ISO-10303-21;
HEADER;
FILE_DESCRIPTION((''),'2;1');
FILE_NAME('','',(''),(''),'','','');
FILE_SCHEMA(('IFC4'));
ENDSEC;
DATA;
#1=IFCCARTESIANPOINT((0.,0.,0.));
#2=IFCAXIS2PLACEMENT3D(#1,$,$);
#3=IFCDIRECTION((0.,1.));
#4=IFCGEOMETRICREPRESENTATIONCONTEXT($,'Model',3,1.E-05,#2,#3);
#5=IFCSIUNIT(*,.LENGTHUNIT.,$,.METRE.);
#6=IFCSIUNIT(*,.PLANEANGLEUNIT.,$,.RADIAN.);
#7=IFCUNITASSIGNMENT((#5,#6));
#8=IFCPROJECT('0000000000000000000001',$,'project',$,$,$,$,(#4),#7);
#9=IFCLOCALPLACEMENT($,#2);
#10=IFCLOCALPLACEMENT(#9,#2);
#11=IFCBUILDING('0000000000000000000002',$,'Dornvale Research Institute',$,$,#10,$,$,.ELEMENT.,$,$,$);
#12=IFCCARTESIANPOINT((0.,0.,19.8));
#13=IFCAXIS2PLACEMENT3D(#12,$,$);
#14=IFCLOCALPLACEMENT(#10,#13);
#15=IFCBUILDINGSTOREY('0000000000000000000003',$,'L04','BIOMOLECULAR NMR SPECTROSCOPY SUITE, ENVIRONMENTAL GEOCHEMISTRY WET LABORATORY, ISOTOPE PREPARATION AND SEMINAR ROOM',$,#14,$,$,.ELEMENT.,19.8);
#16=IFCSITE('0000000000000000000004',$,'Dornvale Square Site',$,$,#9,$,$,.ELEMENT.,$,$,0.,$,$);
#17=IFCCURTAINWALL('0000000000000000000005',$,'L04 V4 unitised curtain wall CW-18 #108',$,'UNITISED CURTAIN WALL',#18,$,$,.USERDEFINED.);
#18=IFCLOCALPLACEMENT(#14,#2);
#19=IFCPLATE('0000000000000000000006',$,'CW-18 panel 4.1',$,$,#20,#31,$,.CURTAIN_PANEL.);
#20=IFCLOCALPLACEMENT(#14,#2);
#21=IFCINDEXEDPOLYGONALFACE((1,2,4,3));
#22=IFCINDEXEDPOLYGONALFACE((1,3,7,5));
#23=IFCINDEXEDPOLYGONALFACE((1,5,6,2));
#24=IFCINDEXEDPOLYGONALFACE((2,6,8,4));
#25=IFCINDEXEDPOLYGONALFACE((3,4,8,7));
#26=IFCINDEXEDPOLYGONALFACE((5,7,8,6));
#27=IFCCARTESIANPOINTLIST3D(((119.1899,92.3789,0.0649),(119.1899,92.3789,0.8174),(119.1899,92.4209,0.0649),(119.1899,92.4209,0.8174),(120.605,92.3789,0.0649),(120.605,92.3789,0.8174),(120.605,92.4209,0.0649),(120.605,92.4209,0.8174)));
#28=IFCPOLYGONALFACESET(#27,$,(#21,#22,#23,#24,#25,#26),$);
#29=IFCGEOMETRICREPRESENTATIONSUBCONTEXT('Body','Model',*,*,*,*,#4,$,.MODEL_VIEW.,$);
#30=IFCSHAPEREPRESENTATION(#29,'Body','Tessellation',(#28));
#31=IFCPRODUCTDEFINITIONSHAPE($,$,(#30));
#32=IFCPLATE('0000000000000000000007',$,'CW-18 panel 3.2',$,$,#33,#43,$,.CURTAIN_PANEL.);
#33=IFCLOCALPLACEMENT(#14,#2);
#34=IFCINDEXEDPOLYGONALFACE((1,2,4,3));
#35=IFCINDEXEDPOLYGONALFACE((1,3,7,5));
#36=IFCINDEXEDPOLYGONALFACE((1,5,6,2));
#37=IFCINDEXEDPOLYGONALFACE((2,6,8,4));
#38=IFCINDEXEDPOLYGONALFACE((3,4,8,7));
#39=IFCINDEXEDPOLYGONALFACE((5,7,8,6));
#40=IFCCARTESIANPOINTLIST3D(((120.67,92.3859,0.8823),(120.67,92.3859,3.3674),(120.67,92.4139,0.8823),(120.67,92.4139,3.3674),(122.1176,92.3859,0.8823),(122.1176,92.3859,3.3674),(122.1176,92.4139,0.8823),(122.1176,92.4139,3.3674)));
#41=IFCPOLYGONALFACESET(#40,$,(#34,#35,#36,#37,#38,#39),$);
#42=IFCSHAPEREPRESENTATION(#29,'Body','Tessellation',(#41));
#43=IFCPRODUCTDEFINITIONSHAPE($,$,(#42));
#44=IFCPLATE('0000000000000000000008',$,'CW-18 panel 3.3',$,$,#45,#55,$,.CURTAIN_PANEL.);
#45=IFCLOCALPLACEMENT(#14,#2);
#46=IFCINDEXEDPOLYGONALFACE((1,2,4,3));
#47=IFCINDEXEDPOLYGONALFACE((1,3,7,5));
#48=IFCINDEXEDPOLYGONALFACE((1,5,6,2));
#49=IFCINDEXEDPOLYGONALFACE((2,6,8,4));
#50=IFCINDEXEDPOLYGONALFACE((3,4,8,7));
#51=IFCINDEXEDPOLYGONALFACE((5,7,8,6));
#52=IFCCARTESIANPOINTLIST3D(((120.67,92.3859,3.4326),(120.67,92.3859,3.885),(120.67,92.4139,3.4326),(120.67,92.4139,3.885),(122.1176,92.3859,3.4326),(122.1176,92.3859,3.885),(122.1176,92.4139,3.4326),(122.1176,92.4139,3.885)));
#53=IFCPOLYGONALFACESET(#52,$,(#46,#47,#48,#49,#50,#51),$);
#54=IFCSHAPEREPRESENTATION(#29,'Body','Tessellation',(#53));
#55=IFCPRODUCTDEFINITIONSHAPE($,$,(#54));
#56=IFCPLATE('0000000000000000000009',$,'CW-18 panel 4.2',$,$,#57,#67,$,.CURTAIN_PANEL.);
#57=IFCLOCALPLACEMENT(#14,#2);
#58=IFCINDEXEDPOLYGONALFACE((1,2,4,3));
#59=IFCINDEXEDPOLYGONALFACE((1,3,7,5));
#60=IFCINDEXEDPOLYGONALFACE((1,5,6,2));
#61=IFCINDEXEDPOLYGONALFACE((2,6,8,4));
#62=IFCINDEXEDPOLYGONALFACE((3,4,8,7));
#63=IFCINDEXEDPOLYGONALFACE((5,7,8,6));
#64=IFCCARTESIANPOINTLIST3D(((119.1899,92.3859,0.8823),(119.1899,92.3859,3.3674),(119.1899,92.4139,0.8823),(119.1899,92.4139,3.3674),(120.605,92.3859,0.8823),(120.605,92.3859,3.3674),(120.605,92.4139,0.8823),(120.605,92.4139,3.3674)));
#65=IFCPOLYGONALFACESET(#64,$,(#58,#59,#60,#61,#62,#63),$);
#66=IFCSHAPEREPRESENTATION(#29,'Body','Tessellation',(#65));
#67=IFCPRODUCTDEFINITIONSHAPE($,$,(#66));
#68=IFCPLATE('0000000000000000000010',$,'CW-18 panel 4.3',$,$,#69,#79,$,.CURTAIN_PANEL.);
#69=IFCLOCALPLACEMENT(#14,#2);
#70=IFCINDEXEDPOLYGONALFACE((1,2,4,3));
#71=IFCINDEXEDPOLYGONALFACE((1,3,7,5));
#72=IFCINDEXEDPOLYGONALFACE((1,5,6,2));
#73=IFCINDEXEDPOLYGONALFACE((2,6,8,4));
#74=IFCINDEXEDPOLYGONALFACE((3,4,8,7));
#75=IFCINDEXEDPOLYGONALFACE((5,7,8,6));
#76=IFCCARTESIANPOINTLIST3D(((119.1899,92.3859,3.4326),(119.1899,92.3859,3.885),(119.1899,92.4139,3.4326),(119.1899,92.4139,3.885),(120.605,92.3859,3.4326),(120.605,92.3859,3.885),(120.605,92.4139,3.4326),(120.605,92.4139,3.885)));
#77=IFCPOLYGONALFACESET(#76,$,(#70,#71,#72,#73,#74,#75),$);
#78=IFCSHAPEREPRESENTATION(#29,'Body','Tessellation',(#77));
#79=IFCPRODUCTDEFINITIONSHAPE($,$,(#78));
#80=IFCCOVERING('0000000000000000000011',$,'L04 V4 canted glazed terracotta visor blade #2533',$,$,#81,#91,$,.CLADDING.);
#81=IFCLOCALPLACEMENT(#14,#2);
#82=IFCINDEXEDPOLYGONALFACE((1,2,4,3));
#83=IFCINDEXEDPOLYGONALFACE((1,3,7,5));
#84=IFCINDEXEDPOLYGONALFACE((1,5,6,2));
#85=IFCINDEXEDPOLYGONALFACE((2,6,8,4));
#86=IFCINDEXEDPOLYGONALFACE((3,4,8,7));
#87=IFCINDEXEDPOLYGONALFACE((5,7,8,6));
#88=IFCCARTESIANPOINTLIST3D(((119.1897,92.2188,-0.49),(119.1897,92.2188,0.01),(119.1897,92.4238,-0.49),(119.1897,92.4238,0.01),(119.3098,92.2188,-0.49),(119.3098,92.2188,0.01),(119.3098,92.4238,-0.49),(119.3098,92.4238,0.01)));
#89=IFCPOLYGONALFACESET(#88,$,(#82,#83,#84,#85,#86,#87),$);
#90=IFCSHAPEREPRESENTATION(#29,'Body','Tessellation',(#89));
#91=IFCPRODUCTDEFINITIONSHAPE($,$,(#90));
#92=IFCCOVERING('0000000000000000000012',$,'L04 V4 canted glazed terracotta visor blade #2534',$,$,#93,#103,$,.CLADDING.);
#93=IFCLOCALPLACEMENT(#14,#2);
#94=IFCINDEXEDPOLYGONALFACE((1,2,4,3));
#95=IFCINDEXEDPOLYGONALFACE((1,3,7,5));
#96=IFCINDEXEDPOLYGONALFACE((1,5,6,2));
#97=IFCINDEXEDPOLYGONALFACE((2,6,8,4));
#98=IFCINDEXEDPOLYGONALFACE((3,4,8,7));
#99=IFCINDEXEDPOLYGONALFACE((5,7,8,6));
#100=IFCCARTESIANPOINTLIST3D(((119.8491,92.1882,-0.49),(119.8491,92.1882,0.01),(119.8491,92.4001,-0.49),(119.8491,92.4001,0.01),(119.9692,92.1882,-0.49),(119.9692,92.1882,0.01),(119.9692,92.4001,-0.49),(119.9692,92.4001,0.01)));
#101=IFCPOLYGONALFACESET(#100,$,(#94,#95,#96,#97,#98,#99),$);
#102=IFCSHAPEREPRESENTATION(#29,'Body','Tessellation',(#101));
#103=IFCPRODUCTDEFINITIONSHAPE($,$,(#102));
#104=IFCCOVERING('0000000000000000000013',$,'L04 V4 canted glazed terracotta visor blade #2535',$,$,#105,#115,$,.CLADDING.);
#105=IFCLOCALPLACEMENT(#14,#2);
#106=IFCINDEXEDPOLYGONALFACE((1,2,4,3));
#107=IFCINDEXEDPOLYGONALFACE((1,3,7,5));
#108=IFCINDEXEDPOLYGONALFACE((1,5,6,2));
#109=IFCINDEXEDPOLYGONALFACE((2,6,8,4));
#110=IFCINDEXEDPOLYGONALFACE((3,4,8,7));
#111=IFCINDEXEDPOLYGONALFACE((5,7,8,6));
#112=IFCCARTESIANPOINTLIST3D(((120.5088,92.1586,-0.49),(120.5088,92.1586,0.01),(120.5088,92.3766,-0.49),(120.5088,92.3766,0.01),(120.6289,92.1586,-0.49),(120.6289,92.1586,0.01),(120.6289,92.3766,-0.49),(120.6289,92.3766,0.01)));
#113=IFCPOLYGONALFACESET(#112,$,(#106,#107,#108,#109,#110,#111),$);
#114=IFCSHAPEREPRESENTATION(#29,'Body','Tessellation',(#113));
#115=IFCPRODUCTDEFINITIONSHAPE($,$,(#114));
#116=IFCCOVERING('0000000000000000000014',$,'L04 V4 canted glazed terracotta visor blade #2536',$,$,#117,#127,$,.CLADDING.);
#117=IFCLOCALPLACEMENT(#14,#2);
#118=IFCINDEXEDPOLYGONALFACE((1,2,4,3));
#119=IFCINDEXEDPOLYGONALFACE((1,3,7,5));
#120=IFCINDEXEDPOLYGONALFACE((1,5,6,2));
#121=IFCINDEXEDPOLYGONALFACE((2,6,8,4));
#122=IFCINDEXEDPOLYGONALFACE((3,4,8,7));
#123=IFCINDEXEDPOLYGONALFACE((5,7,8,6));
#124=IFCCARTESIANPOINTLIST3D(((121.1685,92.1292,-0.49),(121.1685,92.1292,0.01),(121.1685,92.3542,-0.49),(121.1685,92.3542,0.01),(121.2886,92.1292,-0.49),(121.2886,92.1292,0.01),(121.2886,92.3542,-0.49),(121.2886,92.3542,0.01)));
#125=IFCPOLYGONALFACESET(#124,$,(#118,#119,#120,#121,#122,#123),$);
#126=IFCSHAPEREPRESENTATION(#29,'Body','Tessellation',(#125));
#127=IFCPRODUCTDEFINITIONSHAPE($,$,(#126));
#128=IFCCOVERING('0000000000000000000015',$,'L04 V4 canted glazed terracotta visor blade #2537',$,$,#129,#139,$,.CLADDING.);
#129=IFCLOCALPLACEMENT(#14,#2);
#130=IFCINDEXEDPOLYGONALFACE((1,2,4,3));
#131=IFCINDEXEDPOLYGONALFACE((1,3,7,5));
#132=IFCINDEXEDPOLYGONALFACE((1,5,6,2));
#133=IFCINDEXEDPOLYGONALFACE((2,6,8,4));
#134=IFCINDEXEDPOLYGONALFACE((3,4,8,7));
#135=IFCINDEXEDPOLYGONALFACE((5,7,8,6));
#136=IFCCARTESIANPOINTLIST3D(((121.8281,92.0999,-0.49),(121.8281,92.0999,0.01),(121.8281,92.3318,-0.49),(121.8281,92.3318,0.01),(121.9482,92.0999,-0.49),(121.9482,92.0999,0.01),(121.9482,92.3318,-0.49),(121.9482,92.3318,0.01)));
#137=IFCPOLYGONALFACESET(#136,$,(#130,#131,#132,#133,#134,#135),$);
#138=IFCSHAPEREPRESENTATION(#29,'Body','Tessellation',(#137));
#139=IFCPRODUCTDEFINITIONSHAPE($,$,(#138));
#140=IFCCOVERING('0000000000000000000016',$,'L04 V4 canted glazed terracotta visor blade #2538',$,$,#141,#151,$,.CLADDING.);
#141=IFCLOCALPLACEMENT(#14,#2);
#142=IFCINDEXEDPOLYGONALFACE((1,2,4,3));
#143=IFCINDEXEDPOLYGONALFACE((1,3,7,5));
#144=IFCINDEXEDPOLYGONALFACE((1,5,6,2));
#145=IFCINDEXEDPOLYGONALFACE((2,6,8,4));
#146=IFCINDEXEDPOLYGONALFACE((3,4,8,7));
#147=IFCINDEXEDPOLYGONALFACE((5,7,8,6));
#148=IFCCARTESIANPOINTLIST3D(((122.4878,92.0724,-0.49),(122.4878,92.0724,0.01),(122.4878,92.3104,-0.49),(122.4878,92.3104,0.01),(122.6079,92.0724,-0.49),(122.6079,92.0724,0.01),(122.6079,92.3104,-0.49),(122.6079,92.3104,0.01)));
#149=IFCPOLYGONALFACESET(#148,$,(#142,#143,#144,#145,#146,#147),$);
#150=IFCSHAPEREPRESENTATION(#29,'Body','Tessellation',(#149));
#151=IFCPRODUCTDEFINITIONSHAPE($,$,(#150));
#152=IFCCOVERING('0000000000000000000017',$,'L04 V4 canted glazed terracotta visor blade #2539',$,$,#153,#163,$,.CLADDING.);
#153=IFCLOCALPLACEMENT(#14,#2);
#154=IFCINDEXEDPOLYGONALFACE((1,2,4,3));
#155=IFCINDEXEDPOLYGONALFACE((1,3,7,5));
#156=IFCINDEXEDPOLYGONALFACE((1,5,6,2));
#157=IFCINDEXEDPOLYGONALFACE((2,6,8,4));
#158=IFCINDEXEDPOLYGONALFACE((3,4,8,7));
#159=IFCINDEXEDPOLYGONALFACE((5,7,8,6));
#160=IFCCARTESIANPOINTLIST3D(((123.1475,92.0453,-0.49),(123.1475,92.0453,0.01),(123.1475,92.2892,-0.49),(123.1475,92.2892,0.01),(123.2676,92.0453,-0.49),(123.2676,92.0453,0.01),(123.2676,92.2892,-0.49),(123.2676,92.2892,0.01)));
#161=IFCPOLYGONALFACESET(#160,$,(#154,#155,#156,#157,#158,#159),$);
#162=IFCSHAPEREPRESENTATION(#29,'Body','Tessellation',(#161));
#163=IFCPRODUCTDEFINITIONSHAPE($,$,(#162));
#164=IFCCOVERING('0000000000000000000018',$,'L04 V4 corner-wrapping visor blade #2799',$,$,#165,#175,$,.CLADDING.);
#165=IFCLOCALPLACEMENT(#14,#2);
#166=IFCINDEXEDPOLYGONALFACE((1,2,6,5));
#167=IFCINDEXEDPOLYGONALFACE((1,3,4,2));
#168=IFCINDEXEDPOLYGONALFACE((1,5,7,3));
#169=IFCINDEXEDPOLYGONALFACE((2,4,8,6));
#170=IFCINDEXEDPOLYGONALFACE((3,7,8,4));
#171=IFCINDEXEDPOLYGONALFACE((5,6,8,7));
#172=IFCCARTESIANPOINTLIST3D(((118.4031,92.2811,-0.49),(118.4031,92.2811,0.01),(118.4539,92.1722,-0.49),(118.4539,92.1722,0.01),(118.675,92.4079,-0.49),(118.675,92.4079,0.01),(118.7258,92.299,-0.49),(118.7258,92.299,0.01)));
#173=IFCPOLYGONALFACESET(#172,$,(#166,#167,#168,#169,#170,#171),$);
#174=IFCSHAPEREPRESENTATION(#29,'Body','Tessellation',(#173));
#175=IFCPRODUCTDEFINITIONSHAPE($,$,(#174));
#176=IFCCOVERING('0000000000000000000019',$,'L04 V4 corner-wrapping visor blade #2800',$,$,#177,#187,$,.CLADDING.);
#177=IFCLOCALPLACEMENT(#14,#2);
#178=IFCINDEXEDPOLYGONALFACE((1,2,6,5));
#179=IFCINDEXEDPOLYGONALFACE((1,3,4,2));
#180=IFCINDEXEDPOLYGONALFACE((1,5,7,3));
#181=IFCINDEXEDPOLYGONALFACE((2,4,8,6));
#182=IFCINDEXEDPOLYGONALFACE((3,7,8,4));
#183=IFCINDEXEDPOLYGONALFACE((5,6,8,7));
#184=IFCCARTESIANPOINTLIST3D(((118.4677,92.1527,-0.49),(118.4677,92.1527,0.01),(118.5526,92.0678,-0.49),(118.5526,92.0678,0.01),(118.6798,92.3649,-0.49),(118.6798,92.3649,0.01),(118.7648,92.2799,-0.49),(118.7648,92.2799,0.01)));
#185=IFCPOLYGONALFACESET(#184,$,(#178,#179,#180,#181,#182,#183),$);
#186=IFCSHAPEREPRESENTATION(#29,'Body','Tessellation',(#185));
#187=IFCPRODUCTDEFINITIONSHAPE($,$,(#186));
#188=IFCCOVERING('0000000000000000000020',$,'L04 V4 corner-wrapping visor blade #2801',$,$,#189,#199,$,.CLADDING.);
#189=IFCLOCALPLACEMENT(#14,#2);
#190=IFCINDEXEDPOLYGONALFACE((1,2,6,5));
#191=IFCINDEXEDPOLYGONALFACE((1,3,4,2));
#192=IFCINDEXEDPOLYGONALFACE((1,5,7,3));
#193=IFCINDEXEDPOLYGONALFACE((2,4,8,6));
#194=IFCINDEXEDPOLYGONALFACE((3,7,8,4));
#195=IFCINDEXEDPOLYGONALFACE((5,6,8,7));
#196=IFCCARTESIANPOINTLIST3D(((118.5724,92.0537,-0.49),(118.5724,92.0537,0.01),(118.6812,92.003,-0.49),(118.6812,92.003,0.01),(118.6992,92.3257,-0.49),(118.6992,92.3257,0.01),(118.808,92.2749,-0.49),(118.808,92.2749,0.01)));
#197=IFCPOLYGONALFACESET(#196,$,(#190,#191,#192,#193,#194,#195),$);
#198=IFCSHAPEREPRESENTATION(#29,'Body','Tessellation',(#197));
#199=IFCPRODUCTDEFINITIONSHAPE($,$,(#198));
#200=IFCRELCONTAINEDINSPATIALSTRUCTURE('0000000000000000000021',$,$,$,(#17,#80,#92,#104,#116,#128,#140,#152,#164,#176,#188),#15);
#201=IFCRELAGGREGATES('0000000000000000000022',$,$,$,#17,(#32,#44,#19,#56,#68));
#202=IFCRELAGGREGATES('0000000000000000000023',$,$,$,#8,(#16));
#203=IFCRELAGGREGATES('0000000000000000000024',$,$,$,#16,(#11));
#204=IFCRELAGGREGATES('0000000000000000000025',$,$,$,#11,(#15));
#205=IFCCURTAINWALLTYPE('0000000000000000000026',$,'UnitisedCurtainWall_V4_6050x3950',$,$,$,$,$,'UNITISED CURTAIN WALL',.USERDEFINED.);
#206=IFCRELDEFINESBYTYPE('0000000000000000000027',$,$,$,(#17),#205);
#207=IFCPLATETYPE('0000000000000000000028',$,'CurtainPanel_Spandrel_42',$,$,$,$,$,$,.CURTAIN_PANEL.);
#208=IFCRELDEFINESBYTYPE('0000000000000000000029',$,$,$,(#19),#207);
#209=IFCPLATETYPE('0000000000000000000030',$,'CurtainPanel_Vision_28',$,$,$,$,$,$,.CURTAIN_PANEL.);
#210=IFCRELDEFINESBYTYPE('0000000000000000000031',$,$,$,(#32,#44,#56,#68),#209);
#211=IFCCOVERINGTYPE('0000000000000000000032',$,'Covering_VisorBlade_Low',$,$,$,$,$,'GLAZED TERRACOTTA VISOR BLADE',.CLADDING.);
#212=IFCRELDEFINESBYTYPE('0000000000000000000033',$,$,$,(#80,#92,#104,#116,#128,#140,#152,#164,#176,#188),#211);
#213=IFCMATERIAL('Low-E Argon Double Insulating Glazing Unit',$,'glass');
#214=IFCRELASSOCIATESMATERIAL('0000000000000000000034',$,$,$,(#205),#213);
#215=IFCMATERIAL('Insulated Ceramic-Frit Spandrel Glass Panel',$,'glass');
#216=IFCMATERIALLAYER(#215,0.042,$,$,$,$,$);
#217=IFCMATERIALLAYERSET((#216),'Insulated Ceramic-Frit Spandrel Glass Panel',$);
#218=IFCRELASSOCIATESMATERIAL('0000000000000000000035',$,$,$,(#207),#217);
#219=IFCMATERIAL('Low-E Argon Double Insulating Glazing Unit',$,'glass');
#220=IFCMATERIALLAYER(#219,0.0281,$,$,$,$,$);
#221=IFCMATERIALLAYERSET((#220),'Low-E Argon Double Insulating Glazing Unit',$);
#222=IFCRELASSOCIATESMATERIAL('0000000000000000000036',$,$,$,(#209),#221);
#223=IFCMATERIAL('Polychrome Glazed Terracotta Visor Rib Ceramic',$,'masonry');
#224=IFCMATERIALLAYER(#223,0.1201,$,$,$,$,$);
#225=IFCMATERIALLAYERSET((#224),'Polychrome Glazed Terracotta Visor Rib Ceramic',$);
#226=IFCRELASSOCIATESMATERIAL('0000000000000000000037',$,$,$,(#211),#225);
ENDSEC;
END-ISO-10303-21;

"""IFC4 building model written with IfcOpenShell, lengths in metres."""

from ifc_helpers import new_model, si_unit, direction, frame, origin, origin_2d, place, context, subcontext, project, spatial, rectangle, extrude, material, layer, layer_set, type_object, element, aggregate, save


model = new_model("IFC4")

# Units and contexts
model_context = context("Model", 3, precision=1e-05, world=origin(), true_north=direction((0.0, 1.0)))
body_context = subcontext(model_context, "Body", "Model", "MODEL_VIEW")
ifc_project = project(units=[si_unit("LENGTHUNIT", "METRE"), si_unit("PLANEANGLEUNIT", "RADIAN")], contexts=[model_context])

# Site, building, storey
site_placement = place(None, origin())
site = spatial("IfcSite", under=ifc_project, at=site_placement, Name="Dornvale Square Site", CompositionType="ELEMENT", RefElevation=0.0)
building_placement = place(site_placement, origin())
building = spatial("IfcBuilding", under=site, at=building_placement, Name="Dornvale Research Institute", CompositionType="ELEMENT")
storey_placement = place(building_placement, frame((0.0, 0.0, 19.8)))
storey = spatial("IfcBuildingStorey", under=building, at=storey_placement, Name="L04", Description="BIOMOLECULAR NMR SPECTROSCOPY SUITE, ENVIRONMENTAL GEOCHEMISTRY WET LABORATORY, ISOTOPE PREPARATION AND SEMINAR ROOM", CompositionType="ELEMENT", Elevation=19.8)

# Curtain wall
ifc_material_1 = material(Name="Low-E Argon Double Insulating Glazing Unit", Category="glass")
curtain_wall_type = type_object("IfcCurtainWallType", Name="UnitisedCurtainWall_V4_6050x3950", ElementType="UNITISED CURTAIN WALL", PredefinedType="USERDEFINED", material=ifc_material_1)
curtain_wall_placement = place(storey_placement, origin())
curtain_wall = element("IfcCurtainWall", 1, at=curtain_wall_placement, inside=storey, type_object=curtain_wall_type, Name="L04 V4 unitised curtain wall CW-18 #108", ObjectType="UNITISED CURTAIN WALL", PredefinedType="USERDEFINED")

# Plates
ifc_material_2 = material(Name="Insulated Ceramic-Frit Spandrel Glass Panel", Category="glass")
ifc_layer_1 = layer(ifc_material_2, 0.042)
ifc_layer_set_1 = layer_set([ifc_layer_1], Name="Insulated Ceramic-Frit Spandrel Glass Panel")
plate_type_1 = type_object("IfcPlateType", Name="CurtainPanel_Spandrel_42", PredefinedType="CURTAIN_PANEL", material=ifc_layer_set_1)
plate_1_placement = place(storey_placement, frame((119.8975, 92.3999, 0.0649), z_axis=(0.0, 0.0, 1.0), x_axis=(-1.0, 0.0, 0.0)))
plate_1 = element("IfcPlate", 2, at=plate_1_placement, type_object=plate_type_1, Name="CW-18 panel 4.1", PredefinedType="CURTAIN_PANEL", context=body_context, shape_type="SweptSolid", body=[
    extrude(rectangle(XDim=1.415, YDim=0.042, at=origin_2d()), origin(), (0.0, 0.0, 1.0), 0.7524),
])
ifc_material_3 = material(Name="Low-E Argon Double Insulating Glazing Unit", Category="glass")
ifc_layer_2 = layer(ifc_material_3, 0.0281)
ifc_layer_set_2 = layer_set([ifc_layer_2], Name="Low-E Argon Double Insulating Glazing Unit")
plate_type_2 = type_object("IfcPlateType", Name="CurtainPanel_Vision_28", PredefinedType="CURTAIN_PANEL", material=ifc_layer_set_2)
plate_2_placement = place(storey_placement, frame((121.3938, 92.3999, 0.8823), z_axis=(0.0, 0.0, 1.0), x_axis=(-1.0, 0.0, 0.0)))
plate_2 = element("IfcPlate", 3, at=plate_2_placement, type_object=plate_type_2, Name="CW-18 panel 3.2", PredefinedType="CURTAIN_PANEL", context=body_context, shape_type="SweptSolid", body=[
    extrude(rectangle(XDim=1.4475, YDim=0.0281, at=origin_2d()), origin(), (0.0, 0.0, 1.0), 2.4851),
])
plate_3_placement = place(storey_placement, frame((121.3938, 92.3999, 3.4326), z_axis=(0.0, 0.0, 1.0), x_axis=(-1.0, 0.0, 0.0)))
plate_3 = element("IfcPlate", 4, at=plate_3_placement, type_object=plate_type_2, Name="CW-18 panel 3.3", PredefinedType="CURTAIN_PANEL", context=body_context, shape_type="SweptSolid", body=[
    extrude(rectangle(XDim=1.4475, YDim=0.0281, at=origin_2d()), origin(), (0.0, 0.0, 1.0), 0.4524),
])
plate_4_placement = place(storey_placement, frame((119.8975, 92.3999, 0.8823), z_axis=(0.0, 0.0, 1.0), x_axis=(-1.0, 0.0, 0.0)))
plate_4 = element("IfcPlate", 5, at=plate_4_placement, type_object=plate_type_2, Name="CW-18 panel 4.2", PredefinedType="CURTAIN_PANEL", context=body_context, shape_type="SweptSolid", body=[
    extrude(rectangle(XDim=1.415, YDim=0.0281, at=origin_2d()), origin(), (0.0, 0.0, 1.0), 2.4851),
])
plate_5_placement = place(storey_placement, frame((119.8975, 92.3999, 3.4326), z_axis=(0.0, 0.0, 1.0), x_axis=(-1.0, 0.0, 0.0)))
plate_5 = element("IfcPlate", 6, at=plate_5_placement, type_object=plate_type_2, Name="CW-18 panel 4.3", PredefinedType="CURTAIN_PANEL", context=body_context, shape_type="SweptSolid", body=[
    extrude(rectangle(XDim=1.415, YDim=0.0281, at=origin_2d()), origin(), (0.0, 0.0, 1.0), 0.4524),
])
aggregate(curtain_wall, [plate_2, plate_3, plate_1, plate_4, plate_5])

# Coverings
ifc_material_4 = material(Name="Polychrome Glazed Terracotta Visor Rib Ceramic", Category="masonry")
ifc_layer_3 = layer(ifc_material_4, 0.1201)
ifc_layer_set_3 = layer_set([ifc_layer_3], Name="Polychrome Glazed Terracotta Visor Rib Ceramic")
covering_type = type_object("IfcCoveringType", Name="Covering_VisorBlade_Low", ElementType="GLAZED TERRACOTTA VISOR BLADE", PredefinedType="CLADDING", material=ifc_layer_set_3)
covering_1_placement = place(storey_placement, frame((119.2498, 92.3213, -0.49), z_axis=(0.0, 0.0, 1.0), x_axis=(0.0, 1.0, 0.0)))
element("IfcCovering", 7, at=covering_1_placement, inside=storey, type_object=covering_type, Name="L04 V4 canted glazed terracotta visor blade #2533", PredefinedType="CLADDING", context=body_context, shape_type="SweptSolid", body=[
    extrude(rectangle(XDim=0.2051, YDim=0.1201, at=origin_2d()), origin(), (0.0, 0.0, 1.0), 0.5),
])
covering_2_placement = place(storey_placement, frame((119.9092, 92.2942, -0.49), z_axis=(0.0, 0.0, 1.0), x_axis=(0.0, 1.0, 0.0)))
element("IfcCovering", 8, at=covering_2_placement, inside=storey, type_object=covering_type, Name="L04 V4 canted glazed terracotta visor blade #2534", PredefinedType="CLADDING", context=body_context, shape_type="SweptSolid", body=[
    extrude(rectangle(XDim=0.2119, YDim=0.1201, at=origin_2d()), origin(), (0.0, 0.0, 1.0), 0.5),
])
covering_3_placement = place(storey_placement, frame((120.5688, 92.2676, -0.49), z_axis=(0.0, 0.0, 1.0), x_axis=(0.0, 1.0, 0.0)))
element("IfcCovering", 9, at=covering_3_placement, inside=storey, type_object=covering_type, Name="L04 V4 canted glazed terracotta visor blade #2535", PredefinedType="CLADDING", context=body_context, shape_type="SweptSolid", body=[
    extrude(rectangle(XDim=0.218, YDim=0.1201, at=origin_2d()), origin(), (0.0, 0.0, 1.0), 0.5),
])
covering_4_placement = place(storey_placement, frame((121.2285, 92.2417, -0.49), z_axis=(0.0, 0.0, 1.0), x_axis=(0.0, 1.0, 0.0)))
element("IfcCovering", 10, at=covering_4_placement, inside=storey, type_object=covering_type, Name="L04 V4 canted glazed terracotta visor blade #2536", PredefinedType="CLADDING", context=body_context, shape_type="SweptSolid", body=[
    extrude(rectangle(XDim=0.2251, YDim=0.1201, at=origin_2d()), origin(), (0.0, 0.0, 1.0), 0.5),
])
covering_5_placement = place(storey_placement, frame((121.8882, 92.2158, -0.49), z_axis=(0.0, 0.0, 1.0), x_axis=(0.0, 1.0, 0.0)))
element("IfcCovering", 11, at=covering_5_placement, inside=storey, type_object=covering_type, Name="L04 V4 canted glazed terracotta visor blade #2537", PredefinedType="CLADDING", context=body_context, shape_type="SweptSolid", body=[
    extrude(rectangle(XDim=0.2319, YDim=0.1201, at=origin_2d()), origin(), (0.0, 0.0, 1.0), 0.5),
])
covering_6_placement = place(storey_placement, frame((122.5479, 92.1914, -0.49), z_axis=(0.0, 0.0, 1.0), x_axis=(0.0, 1.0, 0.0)))
element("IfcCovering", 12, at=covering_6_placement, inside=storey, type_object=covering_type, Name="L04 V4 canted glazed terracotta visor blade #2538", PredefinedType="CLADDING", context=body_context, shape_type="SweptSolid", body=[
    extrude(rectangle(XDim=0.238, YDim=0.1201, at=origin_2d()), origin(), (0.0, 0.0, 1.0), 0.5),
])
covering_7_placement = place(storey_placement, frame((123.2075, 92.1672, -0.49), z_axis=(0.0, 0.0, 1.0), x_axis=(0.0, 1.0, 0.0)))
element("IfcCovering", 13, at=covering_7_placement, inside=storey, type_object=covering_type, Name="L04 V4 canted glazed terracotta visor blade #2539", PredefinedType="CLADDING", context=body_context, shape_type="SweptSolid", body=[
    extrude(rectangle(XDim=0.2439, YDim=0.1201, at=origin_2d()), origin(), (0.0, 0.0, 1.0), 0.5),
])
for number, where, z_axis, x_axis, name in (
    (14, (118.5645, 92.29, -0.49), (0.0, 0.0, 1.0), (-0.906308, -0.422618, 0.0), "L04 V4 corner-wrapping visor blade #2799"),
    (15, (118.6162, 92.2163, -0.49), (0.0, 0.0, 1.0), (-0.707107, -0.707107, 0.0), "L04 V4 corner-wrapping visor blade #2800"),
    (16, (118.6902, 92.1643, -0.49), (0.0, 0.0, 1.0), (-0.422618, -0.906308, 0.0), "L04 V4 corner-wrapping visor blade #2801"),
):
    element("IfcCovering", number, at=place(storey_placement, frame(where, z_axis=z_axis, x_axis=x_axis)), inside=storey, type_object=covering_type, Name=name, PredefinedType="CLADDING", context=body_context, shape_type="SweptSolid", body=[
        extrude(rectangle(XDim=0.3, YDim=0.1201, at=origin_2d()), origin(), (0.0, 0.0, 1.0), 0.5),
    ])

save(model, "model.ifc")
